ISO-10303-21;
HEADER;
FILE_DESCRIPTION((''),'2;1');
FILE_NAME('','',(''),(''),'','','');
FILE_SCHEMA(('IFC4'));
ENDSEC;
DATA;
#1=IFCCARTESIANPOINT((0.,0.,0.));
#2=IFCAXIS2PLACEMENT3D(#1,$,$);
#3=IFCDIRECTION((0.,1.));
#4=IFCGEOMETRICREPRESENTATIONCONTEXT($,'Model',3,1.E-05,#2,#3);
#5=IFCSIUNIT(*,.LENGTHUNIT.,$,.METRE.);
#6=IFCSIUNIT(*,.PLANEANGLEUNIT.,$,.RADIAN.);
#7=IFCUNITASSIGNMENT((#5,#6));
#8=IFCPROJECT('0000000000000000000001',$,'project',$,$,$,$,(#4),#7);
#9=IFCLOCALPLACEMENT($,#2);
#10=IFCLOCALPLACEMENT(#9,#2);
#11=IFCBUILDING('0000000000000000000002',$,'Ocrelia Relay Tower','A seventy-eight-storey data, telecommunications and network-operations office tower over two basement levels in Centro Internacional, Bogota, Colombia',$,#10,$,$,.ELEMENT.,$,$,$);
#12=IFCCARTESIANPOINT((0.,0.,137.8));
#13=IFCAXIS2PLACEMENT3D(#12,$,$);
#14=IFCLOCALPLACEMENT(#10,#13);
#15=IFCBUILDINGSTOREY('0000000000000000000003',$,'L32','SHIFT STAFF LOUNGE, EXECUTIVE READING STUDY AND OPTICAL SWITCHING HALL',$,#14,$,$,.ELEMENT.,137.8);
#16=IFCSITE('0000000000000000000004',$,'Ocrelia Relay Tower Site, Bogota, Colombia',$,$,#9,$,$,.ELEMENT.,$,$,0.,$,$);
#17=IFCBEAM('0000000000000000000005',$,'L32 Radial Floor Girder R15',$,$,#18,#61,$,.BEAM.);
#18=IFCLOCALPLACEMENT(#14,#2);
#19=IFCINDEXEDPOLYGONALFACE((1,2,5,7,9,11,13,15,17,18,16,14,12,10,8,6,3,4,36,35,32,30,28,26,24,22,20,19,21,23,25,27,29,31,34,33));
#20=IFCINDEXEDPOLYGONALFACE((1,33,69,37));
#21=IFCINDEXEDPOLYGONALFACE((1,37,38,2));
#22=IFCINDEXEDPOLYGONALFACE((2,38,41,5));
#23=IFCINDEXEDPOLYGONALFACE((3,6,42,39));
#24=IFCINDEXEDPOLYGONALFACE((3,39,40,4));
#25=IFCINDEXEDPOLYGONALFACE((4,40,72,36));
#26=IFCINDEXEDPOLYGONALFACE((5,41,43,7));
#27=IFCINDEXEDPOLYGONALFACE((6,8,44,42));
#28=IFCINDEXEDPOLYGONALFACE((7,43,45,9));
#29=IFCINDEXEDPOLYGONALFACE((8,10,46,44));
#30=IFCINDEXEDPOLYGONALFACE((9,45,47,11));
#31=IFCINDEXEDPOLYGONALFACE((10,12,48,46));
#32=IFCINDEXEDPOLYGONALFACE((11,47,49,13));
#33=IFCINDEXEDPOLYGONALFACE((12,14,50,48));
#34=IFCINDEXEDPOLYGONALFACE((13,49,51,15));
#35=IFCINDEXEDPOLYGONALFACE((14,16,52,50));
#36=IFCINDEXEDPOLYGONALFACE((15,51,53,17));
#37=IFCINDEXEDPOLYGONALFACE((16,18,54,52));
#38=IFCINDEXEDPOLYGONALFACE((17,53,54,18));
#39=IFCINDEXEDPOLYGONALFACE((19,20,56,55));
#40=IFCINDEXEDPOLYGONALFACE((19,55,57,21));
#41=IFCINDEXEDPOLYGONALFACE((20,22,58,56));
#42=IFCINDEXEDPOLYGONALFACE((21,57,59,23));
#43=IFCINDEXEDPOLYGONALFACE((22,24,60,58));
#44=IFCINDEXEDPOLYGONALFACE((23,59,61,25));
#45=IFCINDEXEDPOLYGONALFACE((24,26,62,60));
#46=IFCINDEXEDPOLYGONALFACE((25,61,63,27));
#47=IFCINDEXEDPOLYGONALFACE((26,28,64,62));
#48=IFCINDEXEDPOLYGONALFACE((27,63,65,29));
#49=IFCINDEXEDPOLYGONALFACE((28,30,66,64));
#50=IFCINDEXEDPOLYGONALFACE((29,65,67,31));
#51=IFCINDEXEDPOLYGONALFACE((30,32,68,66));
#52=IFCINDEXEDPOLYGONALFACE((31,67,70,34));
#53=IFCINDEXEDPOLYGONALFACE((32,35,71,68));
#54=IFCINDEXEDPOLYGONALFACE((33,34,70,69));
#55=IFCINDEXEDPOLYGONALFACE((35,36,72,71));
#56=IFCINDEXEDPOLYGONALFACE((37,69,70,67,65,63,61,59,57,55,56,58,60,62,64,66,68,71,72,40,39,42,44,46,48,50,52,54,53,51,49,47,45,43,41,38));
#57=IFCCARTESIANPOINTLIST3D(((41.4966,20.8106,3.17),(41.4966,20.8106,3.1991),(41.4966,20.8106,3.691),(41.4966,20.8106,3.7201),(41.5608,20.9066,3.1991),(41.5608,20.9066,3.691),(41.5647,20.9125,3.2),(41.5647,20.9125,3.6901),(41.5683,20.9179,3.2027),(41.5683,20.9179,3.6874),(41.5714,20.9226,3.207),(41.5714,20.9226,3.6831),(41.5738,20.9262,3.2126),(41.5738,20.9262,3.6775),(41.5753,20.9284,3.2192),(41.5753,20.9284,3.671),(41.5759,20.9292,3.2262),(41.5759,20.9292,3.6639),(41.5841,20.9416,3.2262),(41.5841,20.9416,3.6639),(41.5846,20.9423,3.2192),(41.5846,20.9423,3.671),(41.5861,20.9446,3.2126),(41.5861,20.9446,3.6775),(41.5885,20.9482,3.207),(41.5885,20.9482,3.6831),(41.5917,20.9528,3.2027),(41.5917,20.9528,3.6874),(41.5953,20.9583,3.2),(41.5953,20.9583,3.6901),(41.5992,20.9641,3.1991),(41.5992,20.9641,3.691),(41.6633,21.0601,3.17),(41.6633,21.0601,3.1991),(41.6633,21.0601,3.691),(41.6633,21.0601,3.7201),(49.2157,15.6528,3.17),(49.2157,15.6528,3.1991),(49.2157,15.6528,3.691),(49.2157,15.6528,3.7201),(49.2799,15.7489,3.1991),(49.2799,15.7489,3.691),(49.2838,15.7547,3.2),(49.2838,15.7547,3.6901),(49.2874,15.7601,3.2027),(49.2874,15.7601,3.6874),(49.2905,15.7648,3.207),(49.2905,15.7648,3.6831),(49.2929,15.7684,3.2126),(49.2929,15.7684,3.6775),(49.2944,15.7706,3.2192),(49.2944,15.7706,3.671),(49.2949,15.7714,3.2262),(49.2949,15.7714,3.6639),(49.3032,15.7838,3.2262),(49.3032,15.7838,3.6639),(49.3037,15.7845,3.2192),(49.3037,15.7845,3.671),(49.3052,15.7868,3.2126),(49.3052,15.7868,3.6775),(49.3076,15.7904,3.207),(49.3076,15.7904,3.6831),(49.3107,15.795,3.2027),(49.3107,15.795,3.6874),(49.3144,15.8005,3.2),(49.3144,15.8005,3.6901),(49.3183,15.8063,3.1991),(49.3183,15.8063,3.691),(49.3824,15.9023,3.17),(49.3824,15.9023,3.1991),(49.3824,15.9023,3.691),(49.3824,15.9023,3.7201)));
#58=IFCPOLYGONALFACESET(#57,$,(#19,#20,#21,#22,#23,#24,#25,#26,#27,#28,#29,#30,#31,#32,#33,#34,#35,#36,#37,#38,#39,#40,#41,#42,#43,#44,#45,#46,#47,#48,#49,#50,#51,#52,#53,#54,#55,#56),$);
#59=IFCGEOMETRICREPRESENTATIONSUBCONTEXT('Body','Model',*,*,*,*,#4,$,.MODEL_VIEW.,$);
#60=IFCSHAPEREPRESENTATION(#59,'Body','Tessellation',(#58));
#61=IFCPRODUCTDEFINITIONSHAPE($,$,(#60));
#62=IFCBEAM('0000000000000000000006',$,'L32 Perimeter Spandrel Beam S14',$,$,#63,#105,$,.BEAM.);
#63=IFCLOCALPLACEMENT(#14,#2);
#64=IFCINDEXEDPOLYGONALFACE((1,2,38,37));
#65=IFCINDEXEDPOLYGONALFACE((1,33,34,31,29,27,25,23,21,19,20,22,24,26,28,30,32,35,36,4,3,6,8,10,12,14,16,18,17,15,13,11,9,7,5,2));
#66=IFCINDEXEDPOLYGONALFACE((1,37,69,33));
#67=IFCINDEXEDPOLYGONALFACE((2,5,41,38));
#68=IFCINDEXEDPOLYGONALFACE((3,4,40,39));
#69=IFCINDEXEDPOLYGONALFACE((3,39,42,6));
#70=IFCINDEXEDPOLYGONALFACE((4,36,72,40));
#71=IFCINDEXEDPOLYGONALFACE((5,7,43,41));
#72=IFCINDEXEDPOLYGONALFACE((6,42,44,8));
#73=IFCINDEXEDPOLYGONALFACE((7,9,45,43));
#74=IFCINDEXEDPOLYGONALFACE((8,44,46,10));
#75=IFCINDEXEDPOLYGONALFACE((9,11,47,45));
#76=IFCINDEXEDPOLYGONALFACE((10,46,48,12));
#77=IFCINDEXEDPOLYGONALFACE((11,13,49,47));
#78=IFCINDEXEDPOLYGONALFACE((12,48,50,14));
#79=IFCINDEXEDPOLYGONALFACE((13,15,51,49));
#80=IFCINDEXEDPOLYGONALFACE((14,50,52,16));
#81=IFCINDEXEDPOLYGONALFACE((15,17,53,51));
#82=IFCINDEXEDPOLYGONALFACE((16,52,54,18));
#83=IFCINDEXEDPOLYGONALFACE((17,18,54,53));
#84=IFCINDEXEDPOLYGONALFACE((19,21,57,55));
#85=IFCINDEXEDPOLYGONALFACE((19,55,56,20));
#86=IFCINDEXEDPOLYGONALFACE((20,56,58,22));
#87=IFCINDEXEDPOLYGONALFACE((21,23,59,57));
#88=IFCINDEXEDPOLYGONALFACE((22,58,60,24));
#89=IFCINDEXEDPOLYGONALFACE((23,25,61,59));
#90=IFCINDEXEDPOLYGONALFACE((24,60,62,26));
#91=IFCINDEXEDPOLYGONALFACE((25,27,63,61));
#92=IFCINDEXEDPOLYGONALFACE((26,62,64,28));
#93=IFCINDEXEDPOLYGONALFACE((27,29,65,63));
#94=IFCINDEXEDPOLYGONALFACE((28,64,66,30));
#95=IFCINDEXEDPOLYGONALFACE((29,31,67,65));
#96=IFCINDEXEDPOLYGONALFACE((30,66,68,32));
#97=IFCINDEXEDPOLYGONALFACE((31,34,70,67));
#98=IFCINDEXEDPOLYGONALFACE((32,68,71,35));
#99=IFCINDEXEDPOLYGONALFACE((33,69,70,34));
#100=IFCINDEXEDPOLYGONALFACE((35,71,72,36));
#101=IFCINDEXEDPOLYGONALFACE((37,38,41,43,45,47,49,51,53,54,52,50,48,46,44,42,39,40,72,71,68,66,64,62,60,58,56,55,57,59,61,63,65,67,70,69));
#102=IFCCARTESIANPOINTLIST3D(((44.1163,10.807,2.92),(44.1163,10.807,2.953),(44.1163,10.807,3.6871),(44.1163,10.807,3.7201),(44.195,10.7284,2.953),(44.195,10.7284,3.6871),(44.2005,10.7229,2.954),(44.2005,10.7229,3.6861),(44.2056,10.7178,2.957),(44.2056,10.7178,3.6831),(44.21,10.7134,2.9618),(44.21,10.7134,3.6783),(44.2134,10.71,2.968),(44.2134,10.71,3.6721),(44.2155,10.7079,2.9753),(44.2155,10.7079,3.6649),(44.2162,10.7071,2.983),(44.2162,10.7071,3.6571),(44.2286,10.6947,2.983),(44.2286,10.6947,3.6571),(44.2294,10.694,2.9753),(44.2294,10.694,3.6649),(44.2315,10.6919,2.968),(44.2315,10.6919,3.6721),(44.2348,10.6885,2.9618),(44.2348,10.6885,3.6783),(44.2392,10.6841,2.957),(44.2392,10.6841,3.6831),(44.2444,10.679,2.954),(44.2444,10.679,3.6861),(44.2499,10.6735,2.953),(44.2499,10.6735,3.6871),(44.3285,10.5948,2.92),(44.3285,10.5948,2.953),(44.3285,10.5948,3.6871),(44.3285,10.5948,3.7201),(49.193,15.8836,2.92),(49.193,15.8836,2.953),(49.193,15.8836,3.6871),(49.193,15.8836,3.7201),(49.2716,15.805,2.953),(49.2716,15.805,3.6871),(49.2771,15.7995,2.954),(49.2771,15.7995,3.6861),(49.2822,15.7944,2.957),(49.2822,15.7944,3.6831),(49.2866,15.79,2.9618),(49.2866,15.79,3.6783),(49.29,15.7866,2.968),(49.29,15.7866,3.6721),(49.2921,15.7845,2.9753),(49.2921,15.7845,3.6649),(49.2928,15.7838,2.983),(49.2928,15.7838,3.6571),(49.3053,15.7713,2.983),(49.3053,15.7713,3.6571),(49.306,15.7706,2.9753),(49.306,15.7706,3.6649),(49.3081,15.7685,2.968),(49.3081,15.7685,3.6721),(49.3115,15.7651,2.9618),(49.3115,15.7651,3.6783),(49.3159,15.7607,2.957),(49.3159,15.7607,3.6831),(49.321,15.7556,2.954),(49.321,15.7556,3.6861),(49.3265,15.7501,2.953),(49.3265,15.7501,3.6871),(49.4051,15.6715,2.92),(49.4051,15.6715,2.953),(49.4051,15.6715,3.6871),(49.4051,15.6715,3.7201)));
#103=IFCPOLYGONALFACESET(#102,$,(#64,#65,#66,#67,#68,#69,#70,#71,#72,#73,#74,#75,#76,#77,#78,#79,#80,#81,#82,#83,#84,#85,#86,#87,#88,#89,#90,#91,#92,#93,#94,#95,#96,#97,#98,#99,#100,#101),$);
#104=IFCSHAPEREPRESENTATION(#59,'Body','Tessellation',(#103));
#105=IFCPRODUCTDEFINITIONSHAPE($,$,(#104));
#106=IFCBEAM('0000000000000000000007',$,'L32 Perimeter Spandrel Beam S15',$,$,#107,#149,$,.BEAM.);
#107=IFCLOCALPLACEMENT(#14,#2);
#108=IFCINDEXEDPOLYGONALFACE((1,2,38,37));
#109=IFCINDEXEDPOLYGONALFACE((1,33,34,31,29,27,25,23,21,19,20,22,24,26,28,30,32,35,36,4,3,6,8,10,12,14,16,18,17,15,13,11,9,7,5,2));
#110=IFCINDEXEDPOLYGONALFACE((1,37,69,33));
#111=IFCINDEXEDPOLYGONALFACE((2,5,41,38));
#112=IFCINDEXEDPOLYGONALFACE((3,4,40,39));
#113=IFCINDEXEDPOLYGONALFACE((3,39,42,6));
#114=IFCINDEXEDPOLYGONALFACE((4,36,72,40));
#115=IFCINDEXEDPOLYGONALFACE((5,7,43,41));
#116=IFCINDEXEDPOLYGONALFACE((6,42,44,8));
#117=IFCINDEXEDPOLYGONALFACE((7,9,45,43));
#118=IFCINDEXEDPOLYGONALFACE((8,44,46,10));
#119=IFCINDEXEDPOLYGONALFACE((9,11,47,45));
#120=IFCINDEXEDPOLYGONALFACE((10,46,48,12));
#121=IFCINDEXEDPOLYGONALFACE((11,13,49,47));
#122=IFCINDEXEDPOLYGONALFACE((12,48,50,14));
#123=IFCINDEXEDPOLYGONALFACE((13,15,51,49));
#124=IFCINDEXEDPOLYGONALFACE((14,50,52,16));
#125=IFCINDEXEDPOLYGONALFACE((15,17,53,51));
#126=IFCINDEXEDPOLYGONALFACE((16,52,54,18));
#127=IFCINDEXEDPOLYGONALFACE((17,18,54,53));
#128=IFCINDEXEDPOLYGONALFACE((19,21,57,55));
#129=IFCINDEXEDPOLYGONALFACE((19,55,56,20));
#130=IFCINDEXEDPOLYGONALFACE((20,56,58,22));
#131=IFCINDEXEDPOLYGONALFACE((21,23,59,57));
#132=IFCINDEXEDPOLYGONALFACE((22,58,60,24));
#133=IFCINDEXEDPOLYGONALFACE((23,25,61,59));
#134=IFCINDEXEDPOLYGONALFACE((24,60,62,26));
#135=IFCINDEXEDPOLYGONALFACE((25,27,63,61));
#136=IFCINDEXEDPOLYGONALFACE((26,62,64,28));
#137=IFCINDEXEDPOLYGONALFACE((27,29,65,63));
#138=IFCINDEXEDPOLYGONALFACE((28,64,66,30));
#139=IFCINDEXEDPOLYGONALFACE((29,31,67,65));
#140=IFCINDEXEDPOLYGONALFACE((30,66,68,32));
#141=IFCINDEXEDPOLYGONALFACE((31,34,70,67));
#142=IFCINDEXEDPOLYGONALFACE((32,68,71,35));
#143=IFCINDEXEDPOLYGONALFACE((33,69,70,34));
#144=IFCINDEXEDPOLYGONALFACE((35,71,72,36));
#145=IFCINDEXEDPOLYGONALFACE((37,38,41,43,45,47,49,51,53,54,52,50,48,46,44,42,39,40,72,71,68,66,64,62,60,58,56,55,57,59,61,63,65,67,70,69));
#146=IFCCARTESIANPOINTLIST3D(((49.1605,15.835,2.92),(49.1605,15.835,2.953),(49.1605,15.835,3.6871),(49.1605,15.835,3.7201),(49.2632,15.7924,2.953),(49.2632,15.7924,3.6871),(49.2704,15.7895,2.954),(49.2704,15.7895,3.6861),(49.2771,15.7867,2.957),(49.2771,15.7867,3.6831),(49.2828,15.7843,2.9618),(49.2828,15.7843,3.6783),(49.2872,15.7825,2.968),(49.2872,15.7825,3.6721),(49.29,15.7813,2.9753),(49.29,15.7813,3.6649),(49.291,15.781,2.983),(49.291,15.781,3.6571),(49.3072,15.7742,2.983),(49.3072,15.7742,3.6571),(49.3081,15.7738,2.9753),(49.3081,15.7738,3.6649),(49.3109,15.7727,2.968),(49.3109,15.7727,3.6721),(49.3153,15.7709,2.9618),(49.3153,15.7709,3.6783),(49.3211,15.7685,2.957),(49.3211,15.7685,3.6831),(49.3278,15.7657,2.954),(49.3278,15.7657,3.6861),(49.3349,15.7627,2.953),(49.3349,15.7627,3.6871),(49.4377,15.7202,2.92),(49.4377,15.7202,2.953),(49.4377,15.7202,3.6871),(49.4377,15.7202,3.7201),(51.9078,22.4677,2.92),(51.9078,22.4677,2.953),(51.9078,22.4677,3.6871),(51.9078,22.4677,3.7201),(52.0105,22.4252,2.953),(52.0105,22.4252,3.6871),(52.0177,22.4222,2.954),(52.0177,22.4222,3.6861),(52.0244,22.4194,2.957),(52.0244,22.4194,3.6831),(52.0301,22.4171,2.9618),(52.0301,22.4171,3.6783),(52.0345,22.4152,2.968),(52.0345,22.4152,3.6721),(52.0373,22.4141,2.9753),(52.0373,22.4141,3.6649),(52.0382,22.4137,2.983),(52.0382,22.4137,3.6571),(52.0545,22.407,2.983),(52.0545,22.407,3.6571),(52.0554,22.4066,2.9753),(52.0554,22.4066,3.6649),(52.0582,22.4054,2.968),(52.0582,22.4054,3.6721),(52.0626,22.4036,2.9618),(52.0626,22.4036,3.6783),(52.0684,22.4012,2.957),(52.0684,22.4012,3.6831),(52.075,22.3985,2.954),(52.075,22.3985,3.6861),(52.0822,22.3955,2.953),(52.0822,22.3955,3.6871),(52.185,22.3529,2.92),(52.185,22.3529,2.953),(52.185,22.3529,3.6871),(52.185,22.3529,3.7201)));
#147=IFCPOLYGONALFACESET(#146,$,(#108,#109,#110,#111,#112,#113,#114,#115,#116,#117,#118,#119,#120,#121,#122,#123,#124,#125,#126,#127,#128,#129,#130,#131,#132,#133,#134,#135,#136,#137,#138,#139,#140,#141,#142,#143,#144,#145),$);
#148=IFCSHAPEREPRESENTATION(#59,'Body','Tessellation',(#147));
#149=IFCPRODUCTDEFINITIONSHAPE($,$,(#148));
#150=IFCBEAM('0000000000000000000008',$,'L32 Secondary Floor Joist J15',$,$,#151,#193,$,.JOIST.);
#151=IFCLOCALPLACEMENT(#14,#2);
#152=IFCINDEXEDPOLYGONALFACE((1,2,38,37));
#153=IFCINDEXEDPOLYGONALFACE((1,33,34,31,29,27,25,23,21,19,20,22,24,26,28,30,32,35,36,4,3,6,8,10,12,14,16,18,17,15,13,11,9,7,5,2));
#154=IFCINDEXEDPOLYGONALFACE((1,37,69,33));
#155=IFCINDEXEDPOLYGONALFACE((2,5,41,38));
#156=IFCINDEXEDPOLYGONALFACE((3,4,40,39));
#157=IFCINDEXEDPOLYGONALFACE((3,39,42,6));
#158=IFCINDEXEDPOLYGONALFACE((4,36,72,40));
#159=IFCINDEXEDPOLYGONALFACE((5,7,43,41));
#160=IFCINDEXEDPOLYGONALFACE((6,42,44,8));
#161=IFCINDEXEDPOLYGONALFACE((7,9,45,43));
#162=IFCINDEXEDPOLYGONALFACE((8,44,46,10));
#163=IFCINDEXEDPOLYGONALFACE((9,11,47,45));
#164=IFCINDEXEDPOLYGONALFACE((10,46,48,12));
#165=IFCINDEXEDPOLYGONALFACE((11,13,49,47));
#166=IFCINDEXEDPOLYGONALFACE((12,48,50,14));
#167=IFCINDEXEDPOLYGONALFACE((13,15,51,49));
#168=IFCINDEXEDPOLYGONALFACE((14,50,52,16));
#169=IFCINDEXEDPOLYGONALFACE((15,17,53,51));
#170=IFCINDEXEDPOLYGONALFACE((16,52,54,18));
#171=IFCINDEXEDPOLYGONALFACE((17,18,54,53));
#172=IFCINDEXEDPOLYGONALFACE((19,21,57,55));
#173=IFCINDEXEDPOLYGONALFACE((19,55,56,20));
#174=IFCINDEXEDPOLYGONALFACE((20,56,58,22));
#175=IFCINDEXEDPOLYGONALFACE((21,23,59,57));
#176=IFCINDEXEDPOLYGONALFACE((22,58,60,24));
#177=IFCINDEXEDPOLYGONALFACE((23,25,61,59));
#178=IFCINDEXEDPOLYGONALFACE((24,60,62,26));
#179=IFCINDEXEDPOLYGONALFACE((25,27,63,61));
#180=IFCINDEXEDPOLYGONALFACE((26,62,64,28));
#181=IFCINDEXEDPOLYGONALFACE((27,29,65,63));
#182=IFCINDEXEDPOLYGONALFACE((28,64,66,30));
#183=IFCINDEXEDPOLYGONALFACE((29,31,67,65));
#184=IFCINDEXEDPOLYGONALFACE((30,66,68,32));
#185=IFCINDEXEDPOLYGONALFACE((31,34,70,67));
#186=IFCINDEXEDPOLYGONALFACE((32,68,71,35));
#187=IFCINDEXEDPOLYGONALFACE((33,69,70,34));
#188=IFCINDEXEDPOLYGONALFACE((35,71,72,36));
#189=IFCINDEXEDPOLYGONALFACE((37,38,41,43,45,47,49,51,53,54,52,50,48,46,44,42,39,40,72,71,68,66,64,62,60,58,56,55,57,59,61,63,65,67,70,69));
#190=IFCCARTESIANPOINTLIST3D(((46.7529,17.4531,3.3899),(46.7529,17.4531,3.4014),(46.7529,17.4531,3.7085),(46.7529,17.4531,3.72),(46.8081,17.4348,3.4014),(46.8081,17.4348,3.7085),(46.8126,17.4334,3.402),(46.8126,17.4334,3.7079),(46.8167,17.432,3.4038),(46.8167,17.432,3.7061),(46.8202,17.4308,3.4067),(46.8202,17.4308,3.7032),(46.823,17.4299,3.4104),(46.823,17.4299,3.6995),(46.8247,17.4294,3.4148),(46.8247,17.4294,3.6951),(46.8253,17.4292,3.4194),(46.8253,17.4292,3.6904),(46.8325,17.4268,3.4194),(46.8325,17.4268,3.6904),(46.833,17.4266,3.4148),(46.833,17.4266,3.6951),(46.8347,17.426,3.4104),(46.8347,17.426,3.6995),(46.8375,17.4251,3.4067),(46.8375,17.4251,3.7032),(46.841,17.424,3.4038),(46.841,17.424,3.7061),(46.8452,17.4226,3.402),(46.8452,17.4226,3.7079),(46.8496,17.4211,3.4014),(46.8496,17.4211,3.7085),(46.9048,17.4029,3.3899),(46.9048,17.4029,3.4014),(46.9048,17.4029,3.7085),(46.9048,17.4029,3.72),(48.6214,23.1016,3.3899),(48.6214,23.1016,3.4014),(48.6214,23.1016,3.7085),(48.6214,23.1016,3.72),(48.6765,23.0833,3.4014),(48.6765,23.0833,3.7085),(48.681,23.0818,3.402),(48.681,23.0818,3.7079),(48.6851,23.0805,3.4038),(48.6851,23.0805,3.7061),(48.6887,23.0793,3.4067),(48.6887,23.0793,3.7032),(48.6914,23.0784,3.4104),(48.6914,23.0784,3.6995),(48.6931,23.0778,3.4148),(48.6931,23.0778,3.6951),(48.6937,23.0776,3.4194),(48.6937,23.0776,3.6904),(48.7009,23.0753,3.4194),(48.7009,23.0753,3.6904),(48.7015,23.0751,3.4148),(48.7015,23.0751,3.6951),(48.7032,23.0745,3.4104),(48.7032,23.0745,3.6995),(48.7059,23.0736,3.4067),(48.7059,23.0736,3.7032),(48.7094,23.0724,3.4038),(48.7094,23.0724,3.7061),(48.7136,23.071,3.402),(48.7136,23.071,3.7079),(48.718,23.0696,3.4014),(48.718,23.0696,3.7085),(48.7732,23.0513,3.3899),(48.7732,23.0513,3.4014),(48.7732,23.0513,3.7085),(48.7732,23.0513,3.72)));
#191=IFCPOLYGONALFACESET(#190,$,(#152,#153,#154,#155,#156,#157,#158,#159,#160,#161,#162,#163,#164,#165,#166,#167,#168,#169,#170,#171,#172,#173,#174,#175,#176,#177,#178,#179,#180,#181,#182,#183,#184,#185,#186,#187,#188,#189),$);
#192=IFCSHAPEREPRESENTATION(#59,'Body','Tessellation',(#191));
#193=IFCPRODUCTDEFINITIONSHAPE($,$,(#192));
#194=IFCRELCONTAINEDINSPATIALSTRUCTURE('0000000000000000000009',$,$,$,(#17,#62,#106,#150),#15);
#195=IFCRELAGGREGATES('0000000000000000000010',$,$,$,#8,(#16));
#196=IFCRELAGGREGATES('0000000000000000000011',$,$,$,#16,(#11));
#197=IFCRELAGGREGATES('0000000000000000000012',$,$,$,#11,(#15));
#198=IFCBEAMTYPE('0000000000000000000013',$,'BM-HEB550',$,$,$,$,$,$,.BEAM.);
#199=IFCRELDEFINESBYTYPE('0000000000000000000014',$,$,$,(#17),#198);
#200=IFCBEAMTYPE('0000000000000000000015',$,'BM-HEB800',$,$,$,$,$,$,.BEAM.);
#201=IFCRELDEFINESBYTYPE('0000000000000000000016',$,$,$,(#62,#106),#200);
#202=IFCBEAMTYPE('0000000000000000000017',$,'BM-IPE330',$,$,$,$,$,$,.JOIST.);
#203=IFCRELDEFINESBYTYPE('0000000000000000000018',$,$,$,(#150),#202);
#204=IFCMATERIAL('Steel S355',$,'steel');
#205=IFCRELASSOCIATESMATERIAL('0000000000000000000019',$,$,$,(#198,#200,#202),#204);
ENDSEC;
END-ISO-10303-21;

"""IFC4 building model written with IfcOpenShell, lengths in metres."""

from ifc_helpers import new_model, si_unit, direction, frame, origin, origin_2d, place, context, subcontext, project, spatial, i_section, extrude, material, material_profile, profile_set, type_object, element, save


model = new_model("IFC4")

# Units and contexts
model_context = context("Model", 3, precision=1e-05, world=origin(), true_north=direction((0.0, 1.0)))
body_context = subcontext(model_context, "Body", "Model", "MODEL_VIEW")
ifc_project = project(units=[si_unit("LENGTHUNIT", "METRE"), si_unit("PLANEANGLEUNIT", "RADIAN")], contexts=[model_context])

# Site, building, storey
site_placement = place(None, origin())
site = spatial("IfcSite", under=ifc_project, at=site_placement, Name="Ocrelia Relay Tower Site, Bogota, Colombia", CompositionType="ELEMENT", RefElevation=0.0)
building_placement = place(site_placement, origin())
building = spatial("IfcBuilding", under=site, at=building_placement, Name="Ocrelia Relay Tower", Description="A seventy-eight-storey data, telecommunications and network-operations office tower over two basement levels in Centro Internacional, Bogota, Colombia", CompositionType="ELEMENT")
storey_placement = place(building_placement, frame((0.0, 0.0, 137.8)))
storey = spatial("IfcBuildingStorey", under=building, at=storey_placement, Name="L32", Description="SHIFT STAFF LOUNGE, EXECUTIVE READING STUDY AND OPTICAL SWITCHING HALL", CompositionType="ELEMENT", Elevation=137.8)

# Beams
ifc_material_1 = material(Name="Steel S355", Category="steel")
ifc_material_profile_1 = material_profile(ifc_material_1, i_section(OverallWidth=0.3, OverallDepth=0.55, WebThickness=0.0149, FlangeThickness=0.0291, FilletRadius=0.0271, at=origin_2d()), Name="HEB 550")
ifc_profile_set_1 = profile_set([ifc_material_profile_1], Name="Steel S355")
beam_type_1 = type_object("IfcBeamType", Name="BM-HEB550", PredefinedType="BEAM", material=ifc_profile_set_1)
beam_1_placement = place(storey_placement, frame((49.2991, 15.7776, 3.4451), z_axis=(-0.831467, 0.555574, 0.0), x_axis=(-0.555574, -0.831467, 0.0)))
element("IfcBeam", 1, at=beam_1_placement, inside=storey, type_object=beam_type_1, Name="L32 Radial Floor Girder R15", PredefinedType="BEAM", context=body_context, shape_type="SweptSolid", body=[
    extrude(i_section(OverallWidth=0.3, OverallDepth=0.55, WebThickness=0.0149, FlangeThickness=0.0291, FilletRadius=0.0271, at=origin_2d()), origin(), (0.0, 0.0, 1.0), 9.2837),
])
ifc_material_profile_2 = material_profile(ifc_material_1, i_section(OverallWidth=0.3, OverallDepth=0.8, WebThickness=0.0176, FlangeThickness=0.033, FilletRadius=0.03, at=origin_2d()), Name="HEB 800")
ifc_profile_set_2 = profile_set([ifc_material_profile_2], Name="Steel S355")
beam_type_2 = type_object("IfcBeamType", Name="BM-HEB800", PredefinedType="BEAM", material=ifc_profile_set_2)
beam_2_placement = place(storey_placement, frame((44.2224, 10.7009, 3.3201), z_axis=(0.707107, 0.707107, 0.0), x_axis=(-0.707107, 0.707107, 0.0)))
element("IfcBeam", 2, at=beam_2_placement, inside=storey, type_object=beam_type_2, Name="L32 Perimeter Spandrel Beam S14", PredefinedType="BEAM", context=body_context, shape_type="SweptSolid", body=[
    extrude(i_section(OverallWidth=0.3, OverallDepth=0.8, WebThickness=0.0176, FlangeThickness=0.033, FilletRadius=0.03, at=origin_2d()), origin(), (0.0, 0.0, 1.0), 7.1794),
])
beam_3_placement = place(storey_placement, frame((49.2991, 15.7776, 3.3201), z_axis=(0.382673, 0.923884, 0.0), x_axis=(-0.923884, 0.382673, 0.0)))
element("IfcBeam", 3, at=beam_3_placement, inside=storey, type_object=beam_type_2, Name="L32 Perimeter Spandrel Beam S15", PredefinedType="BEAM", context=body_context, shape_type="SweptSolid", body=[
    extrude(i_section(OverallWidth=0.3, OverallDepth=0.8, WebThickness=0.0176, FlangeThickness=0.033, FilletRadius=0.03, at=origin_2d()), origin(), (0.0, 0.0, 1.0), 7.1792),
])
ifc_material_profile_3 = material_profile(ifc_material_1, i_section(OverallWidth=0.1599, OverallDepth=0.3301, WebThickness=0.0076, FlangeThickness=0.0115, FilletRadius=0.0181, at=origin_2d()), Name="IPE 330")
ifc_profile_set_3 = profile_set([ifc_material_profile_3], Name="Steel S355")
beam_type_3 = type_object("IfcBeamType", Name="BM-IPE330", PredefinedType="JOIST", material=ifc_profile_set_3)
beam_4_placement = place(storey_placement, frame((46.8289, 17.428, 3.5549), z_axis=(0.314048, 0.949407, 0.0), x_axis=(-0.949407, 0.314048, 0.0)))
element("IfcBeam", 4, at=beam_4_placement, inside=storey, type_object=beam_type_3, Name="L32 Secondary Floor Joist J15", PredefinedType="JOIST", context=body_context, shape_type="SweptSolid", body=[
    extrude(i_section(OverallWidth=0.1599, OverallDepth=0.3301, WebThickness=0.0076, FlangeThickness=0.0115, FilletRadius=0.0181, at=origin_2d()), origin(), (0.0, 0.0, 1.0), 5.9495),
])

save(model, "model.ifc")
